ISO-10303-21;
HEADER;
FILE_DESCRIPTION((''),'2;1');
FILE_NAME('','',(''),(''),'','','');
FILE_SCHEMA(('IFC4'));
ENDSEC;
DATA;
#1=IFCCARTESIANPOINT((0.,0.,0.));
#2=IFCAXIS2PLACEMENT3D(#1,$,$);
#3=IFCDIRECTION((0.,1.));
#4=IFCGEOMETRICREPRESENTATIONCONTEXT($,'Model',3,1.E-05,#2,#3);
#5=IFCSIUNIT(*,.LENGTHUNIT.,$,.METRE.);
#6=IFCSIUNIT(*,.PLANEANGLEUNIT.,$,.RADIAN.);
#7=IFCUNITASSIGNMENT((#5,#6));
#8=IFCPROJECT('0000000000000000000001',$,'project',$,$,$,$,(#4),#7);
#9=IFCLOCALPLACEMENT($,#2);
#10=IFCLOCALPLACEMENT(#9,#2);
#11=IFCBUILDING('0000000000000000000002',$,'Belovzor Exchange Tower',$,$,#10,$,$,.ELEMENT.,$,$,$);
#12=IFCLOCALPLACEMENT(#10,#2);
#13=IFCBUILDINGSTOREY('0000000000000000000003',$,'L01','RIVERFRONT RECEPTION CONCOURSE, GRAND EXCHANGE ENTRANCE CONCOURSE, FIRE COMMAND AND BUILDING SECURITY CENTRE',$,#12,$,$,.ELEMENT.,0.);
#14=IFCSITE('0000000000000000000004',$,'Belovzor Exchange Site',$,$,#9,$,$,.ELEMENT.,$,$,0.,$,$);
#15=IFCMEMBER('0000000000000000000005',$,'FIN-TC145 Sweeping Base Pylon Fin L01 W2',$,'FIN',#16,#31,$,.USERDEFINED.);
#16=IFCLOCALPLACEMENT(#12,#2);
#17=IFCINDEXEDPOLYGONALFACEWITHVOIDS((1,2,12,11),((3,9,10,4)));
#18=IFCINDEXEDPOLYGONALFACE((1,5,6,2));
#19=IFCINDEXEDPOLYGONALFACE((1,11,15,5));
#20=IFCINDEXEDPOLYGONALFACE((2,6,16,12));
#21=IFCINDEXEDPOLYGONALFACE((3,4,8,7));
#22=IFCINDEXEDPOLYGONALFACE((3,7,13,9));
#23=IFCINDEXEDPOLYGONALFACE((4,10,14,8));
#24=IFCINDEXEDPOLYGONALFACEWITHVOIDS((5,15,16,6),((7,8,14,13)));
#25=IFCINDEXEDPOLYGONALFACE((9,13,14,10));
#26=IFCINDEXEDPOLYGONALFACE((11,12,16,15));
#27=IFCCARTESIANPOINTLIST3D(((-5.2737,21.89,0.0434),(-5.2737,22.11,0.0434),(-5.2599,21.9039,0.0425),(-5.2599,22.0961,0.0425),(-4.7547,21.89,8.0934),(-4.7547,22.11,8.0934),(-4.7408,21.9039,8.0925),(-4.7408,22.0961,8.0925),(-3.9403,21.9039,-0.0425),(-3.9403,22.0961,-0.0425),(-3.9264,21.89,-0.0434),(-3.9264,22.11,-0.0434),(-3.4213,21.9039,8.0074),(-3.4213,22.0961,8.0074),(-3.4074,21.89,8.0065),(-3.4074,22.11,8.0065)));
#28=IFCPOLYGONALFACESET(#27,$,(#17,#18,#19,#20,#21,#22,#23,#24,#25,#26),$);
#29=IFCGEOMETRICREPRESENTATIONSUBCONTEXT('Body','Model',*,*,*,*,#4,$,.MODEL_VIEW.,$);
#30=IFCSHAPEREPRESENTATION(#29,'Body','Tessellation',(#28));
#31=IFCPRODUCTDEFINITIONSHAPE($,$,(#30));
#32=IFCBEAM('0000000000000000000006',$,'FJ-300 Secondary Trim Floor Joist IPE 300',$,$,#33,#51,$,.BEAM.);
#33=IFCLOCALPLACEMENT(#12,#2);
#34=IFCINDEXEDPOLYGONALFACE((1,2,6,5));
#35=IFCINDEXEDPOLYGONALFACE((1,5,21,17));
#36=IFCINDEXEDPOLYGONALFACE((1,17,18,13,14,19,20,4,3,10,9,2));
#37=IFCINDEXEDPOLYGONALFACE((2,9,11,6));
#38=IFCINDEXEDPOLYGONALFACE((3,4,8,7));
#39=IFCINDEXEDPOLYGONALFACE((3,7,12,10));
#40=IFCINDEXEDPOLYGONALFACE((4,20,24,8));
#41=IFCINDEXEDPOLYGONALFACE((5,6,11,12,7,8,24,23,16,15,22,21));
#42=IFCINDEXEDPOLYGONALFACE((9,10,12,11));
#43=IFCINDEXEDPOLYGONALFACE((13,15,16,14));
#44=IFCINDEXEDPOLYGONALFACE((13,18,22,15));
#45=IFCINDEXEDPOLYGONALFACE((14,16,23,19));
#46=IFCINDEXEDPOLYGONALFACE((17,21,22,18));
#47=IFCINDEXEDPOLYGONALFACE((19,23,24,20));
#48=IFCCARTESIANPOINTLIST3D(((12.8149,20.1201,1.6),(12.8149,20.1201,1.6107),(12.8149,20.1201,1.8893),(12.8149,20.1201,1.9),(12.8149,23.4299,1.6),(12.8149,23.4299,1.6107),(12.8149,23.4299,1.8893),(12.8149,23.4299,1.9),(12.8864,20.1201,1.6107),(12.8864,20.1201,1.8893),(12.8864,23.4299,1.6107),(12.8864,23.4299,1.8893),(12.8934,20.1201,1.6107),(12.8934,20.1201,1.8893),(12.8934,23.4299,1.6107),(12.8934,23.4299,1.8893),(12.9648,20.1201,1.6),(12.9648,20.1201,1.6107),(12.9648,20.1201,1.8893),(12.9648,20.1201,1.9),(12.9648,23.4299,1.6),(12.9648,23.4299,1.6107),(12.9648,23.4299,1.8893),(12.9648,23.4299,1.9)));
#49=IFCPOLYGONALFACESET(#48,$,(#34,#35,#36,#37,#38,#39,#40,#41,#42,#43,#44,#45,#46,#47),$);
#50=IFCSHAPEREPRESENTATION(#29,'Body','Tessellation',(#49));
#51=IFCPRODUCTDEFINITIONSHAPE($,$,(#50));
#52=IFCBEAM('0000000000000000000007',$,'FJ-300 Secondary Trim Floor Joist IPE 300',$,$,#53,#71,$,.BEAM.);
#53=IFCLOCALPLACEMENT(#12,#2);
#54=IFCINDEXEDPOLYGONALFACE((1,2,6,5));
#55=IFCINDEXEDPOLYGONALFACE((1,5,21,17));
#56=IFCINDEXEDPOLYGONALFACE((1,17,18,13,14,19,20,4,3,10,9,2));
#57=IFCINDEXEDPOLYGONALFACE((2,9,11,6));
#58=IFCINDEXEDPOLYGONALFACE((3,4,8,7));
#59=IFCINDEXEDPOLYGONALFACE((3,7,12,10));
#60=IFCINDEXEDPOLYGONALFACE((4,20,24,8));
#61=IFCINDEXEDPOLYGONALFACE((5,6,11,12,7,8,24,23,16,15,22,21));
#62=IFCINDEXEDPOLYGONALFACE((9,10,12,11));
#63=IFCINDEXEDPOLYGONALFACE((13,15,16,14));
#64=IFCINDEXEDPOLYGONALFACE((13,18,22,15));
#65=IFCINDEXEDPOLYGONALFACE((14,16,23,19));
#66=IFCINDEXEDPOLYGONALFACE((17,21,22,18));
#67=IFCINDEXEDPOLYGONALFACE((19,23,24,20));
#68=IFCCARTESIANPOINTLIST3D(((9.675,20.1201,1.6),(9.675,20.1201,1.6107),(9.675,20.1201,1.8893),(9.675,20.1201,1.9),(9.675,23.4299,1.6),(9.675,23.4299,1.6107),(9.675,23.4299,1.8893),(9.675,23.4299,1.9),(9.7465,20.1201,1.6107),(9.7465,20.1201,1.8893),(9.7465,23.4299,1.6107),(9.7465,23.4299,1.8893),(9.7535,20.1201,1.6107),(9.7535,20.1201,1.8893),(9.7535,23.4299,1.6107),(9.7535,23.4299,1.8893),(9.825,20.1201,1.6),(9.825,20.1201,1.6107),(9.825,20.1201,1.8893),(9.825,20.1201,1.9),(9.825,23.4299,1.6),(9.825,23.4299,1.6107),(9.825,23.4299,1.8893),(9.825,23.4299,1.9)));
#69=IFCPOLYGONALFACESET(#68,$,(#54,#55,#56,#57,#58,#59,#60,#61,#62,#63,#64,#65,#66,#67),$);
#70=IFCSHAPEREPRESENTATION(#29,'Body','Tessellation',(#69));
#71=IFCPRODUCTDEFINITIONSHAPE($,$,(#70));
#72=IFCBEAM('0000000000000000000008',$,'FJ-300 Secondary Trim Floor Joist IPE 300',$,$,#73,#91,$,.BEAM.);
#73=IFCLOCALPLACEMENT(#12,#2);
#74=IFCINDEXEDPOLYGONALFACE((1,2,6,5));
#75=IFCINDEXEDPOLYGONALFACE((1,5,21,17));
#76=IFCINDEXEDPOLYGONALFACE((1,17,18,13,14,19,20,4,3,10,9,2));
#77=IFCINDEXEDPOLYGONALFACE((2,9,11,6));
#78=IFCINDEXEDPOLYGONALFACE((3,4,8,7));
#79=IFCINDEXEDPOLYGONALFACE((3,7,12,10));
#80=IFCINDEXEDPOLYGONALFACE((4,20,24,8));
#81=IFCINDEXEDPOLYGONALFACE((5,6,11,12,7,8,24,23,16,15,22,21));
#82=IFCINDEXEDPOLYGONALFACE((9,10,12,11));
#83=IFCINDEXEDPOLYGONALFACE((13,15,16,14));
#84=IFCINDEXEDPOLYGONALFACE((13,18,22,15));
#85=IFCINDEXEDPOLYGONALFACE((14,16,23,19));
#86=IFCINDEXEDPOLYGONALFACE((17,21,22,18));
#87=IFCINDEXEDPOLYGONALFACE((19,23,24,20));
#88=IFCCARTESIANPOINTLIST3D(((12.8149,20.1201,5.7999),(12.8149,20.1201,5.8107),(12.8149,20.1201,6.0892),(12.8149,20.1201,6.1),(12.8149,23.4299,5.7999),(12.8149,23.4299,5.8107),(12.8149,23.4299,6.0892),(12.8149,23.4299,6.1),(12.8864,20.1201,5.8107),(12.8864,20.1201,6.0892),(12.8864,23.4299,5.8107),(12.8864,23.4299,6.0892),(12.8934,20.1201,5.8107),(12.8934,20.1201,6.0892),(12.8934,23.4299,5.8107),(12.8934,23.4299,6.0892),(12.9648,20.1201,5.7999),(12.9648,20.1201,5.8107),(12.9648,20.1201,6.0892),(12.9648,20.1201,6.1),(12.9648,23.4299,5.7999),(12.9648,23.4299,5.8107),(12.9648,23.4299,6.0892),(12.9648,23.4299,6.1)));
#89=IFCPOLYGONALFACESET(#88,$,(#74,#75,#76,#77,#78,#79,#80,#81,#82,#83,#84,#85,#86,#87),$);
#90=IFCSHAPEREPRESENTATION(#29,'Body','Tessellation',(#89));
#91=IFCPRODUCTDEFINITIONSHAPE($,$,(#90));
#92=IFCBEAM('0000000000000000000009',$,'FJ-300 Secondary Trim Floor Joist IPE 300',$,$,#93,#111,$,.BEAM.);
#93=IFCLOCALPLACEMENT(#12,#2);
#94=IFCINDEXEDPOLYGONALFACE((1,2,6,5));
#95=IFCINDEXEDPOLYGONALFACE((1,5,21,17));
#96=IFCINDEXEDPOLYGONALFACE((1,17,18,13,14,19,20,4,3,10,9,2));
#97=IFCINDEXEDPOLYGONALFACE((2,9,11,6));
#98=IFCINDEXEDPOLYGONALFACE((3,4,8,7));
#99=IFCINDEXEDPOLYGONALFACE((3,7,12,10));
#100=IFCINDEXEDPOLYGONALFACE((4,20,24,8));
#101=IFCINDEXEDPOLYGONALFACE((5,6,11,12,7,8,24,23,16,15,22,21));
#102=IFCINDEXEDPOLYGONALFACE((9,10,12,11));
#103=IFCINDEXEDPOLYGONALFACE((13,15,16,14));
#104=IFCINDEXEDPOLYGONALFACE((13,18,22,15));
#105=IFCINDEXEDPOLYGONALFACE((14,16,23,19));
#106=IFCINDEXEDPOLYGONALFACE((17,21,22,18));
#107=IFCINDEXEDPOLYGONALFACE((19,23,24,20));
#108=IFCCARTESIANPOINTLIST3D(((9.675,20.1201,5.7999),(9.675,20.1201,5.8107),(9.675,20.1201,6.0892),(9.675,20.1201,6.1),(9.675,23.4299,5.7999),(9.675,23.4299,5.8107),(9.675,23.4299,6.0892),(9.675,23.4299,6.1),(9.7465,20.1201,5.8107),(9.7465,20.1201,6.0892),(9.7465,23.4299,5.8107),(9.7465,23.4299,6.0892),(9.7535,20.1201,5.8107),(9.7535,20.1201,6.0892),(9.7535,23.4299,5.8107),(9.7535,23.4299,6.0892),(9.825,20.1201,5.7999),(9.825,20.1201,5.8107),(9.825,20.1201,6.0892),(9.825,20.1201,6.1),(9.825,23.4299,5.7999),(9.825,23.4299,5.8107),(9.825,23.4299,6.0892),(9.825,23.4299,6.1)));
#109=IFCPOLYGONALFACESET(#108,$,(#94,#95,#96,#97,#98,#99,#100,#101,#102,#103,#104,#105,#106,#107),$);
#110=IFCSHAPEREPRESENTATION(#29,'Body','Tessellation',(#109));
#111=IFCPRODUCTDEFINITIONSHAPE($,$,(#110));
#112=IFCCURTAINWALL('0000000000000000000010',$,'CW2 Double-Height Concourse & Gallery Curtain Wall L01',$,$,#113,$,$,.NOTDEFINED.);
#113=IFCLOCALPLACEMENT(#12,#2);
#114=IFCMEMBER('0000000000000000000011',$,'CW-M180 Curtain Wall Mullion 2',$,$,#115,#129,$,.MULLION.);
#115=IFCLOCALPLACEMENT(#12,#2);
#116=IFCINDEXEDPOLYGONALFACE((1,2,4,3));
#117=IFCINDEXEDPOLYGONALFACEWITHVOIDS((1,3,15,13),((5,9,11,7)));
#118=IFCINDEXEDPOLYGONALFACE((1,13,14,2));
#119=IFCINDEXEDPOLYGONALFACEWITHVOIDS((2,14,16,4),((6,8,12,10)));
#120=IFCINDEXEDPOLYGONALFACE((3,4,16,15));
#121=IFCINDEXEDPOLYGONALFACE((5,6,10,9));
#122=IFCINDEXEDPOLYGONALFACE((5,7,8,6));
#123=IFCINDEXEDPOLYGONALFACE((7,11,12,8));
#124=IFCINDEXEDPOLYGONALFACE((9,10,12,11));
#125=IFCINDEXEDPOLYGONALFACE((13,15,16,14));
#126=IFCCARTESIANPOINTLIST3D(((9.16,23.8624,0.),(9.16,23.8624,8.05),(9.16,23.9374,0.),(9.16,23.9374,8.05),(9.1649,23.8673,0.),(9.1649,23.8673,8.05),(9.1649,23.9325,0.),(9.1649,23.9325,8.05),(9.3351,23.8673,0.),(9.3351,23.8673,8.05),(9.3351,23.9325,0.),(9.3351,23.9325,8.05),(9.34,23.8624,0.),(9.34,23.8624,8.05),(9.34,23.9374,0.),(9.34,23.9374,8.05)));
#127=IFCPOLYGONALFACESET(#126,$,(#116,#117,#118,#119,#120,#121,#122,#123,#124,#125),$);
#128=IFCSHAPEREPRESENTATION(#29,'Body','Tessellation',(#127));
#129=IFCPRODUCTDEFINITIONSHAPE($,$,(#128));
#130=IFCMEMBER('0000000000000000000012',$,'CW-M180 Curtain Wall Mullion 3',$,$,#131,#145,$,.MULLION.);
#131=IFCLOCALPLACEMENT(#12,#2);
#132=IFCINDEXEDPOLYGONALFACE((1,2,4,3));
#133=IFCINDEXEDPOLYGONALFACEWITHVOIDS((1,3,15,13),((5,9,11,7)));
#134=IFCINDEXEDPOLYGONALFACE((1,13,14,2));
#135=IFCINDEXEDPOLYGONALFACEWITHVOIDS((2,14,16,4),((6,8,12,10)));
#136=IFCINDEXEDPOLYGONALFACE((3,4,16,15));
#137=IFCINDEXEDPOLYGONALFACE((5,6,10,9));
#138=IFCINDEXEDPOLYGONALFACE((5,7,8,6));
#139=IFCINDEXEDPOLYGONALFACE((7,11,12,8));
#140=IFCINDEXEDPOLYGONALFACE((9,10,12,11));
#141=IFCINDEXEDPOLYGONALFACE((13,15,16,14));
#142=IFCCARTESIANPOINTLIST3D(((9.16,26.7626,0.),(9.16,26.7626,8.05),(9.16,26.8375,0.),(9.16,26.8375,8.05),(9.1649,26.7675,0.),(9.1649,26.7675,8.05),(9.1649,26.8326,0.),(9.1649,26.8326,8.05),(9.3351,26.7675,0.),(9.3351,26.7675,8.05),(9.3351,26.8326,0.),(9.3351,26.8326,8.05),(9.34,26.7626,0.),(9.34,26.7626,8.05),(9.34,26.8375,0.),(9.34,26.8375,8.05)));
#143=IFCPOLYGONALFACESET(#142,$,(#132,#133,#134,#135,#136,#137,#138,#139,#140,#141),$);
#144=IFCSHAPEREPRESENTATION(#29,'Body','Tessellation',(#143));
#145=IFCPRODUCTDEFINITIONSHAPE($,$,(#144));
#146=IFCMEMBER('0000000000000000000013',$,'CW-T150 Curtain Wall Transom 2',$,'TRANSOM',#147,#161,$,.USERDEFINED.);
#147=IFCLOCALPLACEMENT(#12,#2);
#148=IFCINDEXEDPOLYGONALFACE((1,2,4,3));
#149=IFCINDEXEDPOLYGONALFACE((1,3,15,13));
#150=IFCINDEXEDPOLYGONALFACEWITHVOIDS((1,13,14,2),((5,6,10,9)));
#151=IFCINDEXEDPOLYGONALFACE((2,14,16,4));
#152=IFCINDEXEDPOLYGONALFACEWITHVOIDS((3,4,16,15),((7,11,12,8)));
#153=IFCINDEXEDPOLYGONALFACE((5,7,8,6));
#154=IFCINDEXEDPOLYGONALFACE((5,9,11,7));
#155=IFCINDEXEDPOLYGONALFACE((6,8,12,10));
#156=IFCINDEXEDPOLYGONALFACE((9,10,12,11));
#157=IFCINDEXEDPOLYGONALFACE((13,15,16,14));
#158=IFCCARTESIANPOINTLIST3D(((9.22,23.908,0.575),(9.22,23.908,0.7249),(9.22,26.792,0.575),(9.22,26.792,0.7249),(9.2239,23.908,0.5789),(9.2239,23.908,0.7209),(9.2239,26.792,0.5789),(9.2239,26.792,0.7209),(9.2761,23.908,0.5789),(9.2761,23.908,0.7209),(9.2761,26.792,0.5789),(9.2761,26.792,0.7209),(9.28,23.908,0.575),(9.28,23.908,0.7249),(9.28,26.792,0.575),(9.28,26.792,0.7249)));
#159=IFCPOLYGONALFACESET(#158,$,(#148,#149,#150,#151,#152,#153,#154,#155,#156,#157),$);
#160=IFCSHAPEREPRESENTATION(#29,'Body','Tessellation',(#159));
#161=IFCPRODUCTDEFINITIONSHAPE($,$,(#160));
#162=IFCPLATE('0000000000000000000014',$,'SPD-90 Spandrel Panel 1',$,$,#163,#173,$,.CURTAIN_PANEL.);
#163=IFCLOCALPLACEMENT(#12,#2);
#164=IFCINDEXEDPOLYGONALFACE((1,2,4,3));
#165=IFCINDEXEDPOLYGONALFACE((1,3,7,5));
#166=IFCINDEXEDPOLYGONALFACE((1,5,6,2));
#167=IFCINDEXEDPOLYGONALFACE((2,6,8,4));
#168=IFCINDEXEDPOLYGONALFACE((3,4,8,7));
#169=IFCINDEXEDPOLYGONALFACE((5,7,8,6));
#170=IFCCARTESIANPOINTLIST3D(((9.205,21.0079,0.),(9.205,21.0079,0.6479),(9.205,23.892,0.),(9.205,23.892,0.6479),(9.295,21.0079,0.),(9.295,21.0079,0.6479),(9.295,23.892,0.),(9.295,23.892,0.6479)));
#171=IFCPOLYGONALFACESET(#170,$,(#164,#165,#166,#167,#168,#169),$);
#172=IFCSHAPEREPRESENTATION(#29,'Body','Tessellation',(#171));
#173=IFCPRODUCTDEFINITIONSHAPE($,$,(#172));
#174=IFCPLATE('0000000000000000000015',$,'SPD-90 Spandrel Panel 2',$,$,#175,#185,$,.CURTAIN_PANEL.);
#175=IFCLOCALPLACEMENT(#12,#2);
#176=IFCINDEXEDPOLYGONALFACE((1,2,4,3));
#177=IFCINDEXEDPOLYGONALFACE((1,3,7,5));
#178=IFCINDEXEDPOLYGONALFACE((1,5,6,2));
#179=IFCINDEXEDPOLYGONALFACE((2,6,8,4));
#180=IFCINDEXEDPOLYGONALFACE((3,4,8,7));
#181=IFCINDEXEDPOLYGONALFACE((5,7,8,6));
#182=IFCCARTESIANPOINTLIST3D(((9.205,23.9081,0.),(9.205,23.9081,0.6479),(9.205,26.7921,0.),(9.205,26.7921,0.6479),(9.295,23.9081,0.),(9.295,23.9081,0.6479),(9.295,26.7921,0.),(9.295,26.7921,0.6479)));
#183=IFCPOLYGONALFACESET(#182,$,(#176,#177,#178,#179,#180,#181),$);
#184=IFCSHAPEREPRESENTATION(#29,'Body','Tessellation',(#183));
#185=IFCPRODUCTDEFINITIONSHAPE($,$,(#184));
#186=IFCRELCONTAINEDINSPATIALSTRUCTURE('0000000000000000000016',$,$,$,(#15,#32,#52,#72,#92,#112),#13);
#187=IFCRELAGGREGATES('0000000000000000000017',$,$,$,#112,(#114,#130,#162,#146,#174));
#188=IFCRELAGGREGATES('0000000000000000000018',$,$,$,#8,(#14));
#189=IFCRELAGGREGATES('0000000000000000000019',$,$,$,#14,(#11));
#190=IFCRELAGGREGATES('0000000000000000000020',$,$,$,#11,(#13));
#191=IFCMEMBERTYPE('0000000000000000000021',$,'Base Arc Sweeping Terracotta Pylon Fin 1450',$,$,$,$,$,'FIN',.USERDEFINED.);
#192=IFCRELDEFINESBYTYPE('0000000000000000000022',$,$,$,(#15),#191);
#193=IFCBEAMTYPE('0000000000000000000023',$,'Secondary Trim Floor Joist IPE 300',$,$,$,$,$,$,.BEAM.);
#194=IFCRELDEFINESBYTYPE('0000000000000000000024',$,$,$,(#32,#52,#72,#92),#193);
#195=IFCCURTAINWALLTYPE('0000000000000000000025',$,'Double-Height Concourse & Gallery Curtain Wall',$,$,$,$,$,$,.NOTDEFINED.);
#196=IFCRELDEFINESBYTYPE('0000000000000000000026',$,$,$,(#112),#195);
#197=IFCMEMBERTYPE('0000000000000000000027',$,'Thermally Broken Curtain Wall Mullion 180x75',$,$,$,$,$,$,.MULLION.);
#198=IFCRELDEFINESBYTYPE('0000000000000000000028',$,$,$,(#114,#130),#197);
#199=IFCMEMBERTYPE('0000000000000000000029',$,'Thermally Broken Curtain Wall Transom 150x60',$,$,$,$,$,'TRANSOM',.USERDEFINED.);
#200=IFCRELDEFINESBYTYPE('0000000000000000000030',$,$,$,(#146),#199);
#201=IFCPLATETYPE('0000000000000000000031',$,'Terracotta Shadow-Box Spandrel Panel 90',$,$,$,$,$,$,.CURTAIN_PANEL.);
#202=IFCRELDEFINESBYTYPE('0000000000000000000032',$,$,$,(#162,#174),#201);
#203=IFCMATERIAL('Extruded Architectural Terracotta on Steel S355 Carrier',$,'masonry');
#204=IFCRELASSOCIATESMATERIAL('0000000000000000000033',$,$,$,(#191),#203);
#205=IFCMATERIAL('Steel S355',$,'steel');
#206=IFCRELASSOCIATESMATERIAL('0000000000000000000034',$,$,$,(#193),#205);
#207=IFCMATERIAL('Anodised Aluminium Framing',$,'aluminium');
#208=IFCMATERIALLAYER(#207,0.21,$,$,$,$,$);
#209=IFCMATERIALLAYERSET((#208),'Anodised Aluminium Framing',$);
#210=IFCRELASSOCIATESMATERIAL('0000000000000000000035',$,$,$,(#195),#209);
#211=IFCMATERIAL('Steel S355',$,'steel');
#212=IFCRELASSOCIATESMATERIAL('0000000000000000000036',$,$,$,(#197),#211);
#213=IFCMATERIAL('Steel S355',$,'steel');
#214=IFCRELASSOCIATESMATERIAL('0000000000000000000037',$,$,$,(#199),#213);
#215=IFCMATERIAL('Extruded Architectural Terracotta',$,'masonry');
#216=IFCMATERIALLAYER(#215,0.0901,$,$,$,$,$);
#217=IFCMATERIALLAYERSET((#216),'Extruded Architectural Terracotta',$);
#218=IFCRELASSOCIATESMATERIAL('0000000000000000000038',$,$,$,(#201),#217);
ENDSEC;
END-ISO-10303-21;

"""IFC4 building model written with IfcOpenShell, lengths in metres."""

from ifc_helpers import new_model, si_unit, direction, frame, origin, origin_2d, place, context, subcontext, project, spatial, rectangle, hollow_rectangle, i_section, extrude, material, layer, layer_set, material_profile, profile_set, type_object, element, aggregate, save


model = new_model("IFC4")

# Units and contexts
model_context = context("Model", 3, precision=1e-05, world=origin(), true_north=direction((0.0, 1.0)))
body_context = subcontext(model_context, "Body", "Model", "MODEL_VIEW")
ifc_project = project(units=[si_unit("LENGTHUNIT", "METRE"), si_unit("PLANEANGLEUNIT", "RADIAN")], contexts=[model_context])

# Site, building, storey
site_placement = place(None, origin())
site = spatial("IfcSite", under=ifc_project, at=site_placement, Name="Belovzor Exchange Site", CompositionType="ELEMENT", RefElevation=0.0)
building_placement = place(site_placement, origin())
building = spatial("IfcBuilding", under=site, at=building_placement, Name="Belovzor Exchange Tower", CompositionType="ELEMENT")
storey_placement = place(building_placement, origin())
storey = spatial("IfcBuildingStorey", under=building, at=storey_placement, Name="L01", Description="RIVERFRONT RECEPTION CONCOURSE, GRAND EXCHANGE ENTRANCE CONCOURSE, FIRE COMMAND AND BUILDING SECURITY CENTRE", CompositionType="ELEMENT", Elevation=0.0)

# Member
ifc_material_1 = material(Name="Extruded Architectural Terracotta on Steel S355 Carrier", Category="masonry")
ifc_material_profile_1 = material_profile(ifc_material_1, hollow_rectangle(XDim=0.22, YDim=1.3501, WallThickness=0.0139, at=origin_2d()))
ifc_profile_set_1 = profile_set([ifc_material_profile_1], Name="Extruded Architectural Terracotta on Steel S355 Carrier")
member_type_1 = type_object("IfcMemberType", Name="Base Arc Sweeping Terracotta Pylon Fin 1450", ElementType="FIN", PredefinedType="USERDEFINED", material=ifc_profile_set_1)
member_1_placement = place(storey_placement, frame((-4.6001, 22.0, 0.0), z_axis=(0.064343, 0.0, 0.997928), x_axis=(0.0, 1.0, 0.0)))
element("IfcMember", 1, at=member_1_placement, inside=storey, type_object=member_type_1, Name="FIN-TC145 Sweeping Base Pylon Fin L01 W2", ObjectType="FIN", PredefinedType="USERDEFINED", context=body_context, shape_type="SweptSolid", body=[
    extrude(hollow_rectangle(XDim=0.22, YDim=1.3501, WallThickness=0.0139, at=origin_2d()), origin(), (0.0, 0.0, 1.0), 8.0667),
])

# Beams
ifc_material_2 = material(Name="Steel S355", Category="steel")
ifc_material_profile_2 = material_profile(ifc_material_2, i_section(OverallWidth=0.1499, OverallDepth=0.3, WebThickness=0.0071, FlangeThickness=0.0107, at=origin_2d()))
ifc_profile_set_2 = profile_set([ifc_material_profile_2], Name="Steel S355")
beam_type = type_object("IfcBeamType", Name="Secondary Trim Floor Joist IPE 300", PredefinedType="BEAM", material=ifc_profile_set_2)
for number, where, z_axis, x_axis, name in (
    (2, (12.8899, 23.4299, 1.75), (0.0, -1.0, 0.0), (1.0, 0.0, 0.0), "FJ-300 Secondary Trim Floor Joist IPE 300"),
    (3, (9.75, 23.4299, 1.75), (0.0, -1.0, 0.0), (1.0, 0.0, 0.0), "FJ-300 Secondary Trim Floor Joist IPE 300"),
    (4, (12.8899, 23.4299, 5.95), (0.0, -1.0, 0.0), (1.0, 0.0, 0.0), "FJ-300 Secondary Trim Floor Joist IPE 300"),
    (5, (9.75, 23.4299, 5.95), (0.0, -1.0, 0.0), (1.0, 0.0, 0.0), "FJ-300 Secondary Trim Floor Joist IPE 300"),
):
    element("IfcBeam", number, at=place(storey_placement, frame(where, z_axis=z_axis, x_axis=x_axis)), inside=storey, type_object=beam_type, Name=name, PredefinedType="BEAM", context=body_context, shape_type="SweptSolid", body=[
        extrude(i_section(OverallWidth=0.1499, OverallDepth=0.3, WebThickness=0.0071, FlangeThickness=0.0107, at=origin_2d()), origin(), (0.0, 0.0, 1.0), 3.3098),
    ])

# Curtain wall, members, plates
ifc_material_3 = material(Name="Anodised Aluminium Framing", Category="aluminium")
ifc_layer_1 = layer(ifc_material_3, 0.21)
ifc_layer_set_1 = layer_set([ifc_layer_1], Name="Anodised Aluminium Framing")
curtain_wall_type = type_object("IfcCurtainWallType", Name="Double-Height Concourse & Gallery Curtain Wall", PredefinedType="NOTDEFINED", material=ifc_layer_set_1)
curtain_wall_placement = place(storey_placement, origin())
curtain_wall = element("IfcCurtainWall", 6, at=curtain_wall_placement, inside=storey, type_object=curtain_wall_type, Name="CW2 Double-Height Concourse & Gallery Curtain Wall L01", PredefinedType="NOTDEFINED")
ifc_material_4 = material(Name="Steel S355", Category="steel")
ifc_material_profile_3 = material_profile(ifc_material_4, hollow_rectangle(XDim=0.075, YDim=0.1799, WallThickness=0.0049, at=origin_2d()))
ifc_profile_set_3 = profile_set([ifc_material_profile_3], Name="Steel S355")
member_type_2 = type_object("IfcMemberType", Name="Thermally Broken Curtain Wall Mullion 180x75", PredefinedType="MULLION", material=ifc_profile_set_3)
member_2_placement = place(storey_placement, frame((9.25, 23.8999, 0.0), z_axis=(0.0, 0.0, 1.0), x_axis=(0.0, 1.0, 0.0)))
member_2 = element("IfcMember", 7, at=member_2_placement, type_object=member_type_2, Name="CW-M180 Curtain Wall Mullion 2", PredefinedType="MULLION", context=body_context, shape_type="SweptSolid", body=[
    extrude(hollow_rectangle(XDim=0.075, YDim=0.1799, WallThickness=0.0049, at=origin_2d()), origin(), (0.0, 0.0, 1.0), 8.05),
])
member_3_placement = place(storey_placement, frame((9.25, 26.8, 0.0), z_axis=(0.0, 0.0, 1.0), x_axis=(0.0, 1.0, 0.0)))
member_3 = element("IfcMember", 8, at=member_3_placement, type_object=member_type_2, Name="CW-M180 Curtain Wall Mullion 3", PredefinedType="MULLION", context=body_context, shape_type="SweptSolid", body=[
    extrude(hollow_rectangle(XDim=0.075, YDim=0.1799, WallThickness=0.0049, at=origin_2d()), origin(), (0.0, 0.0, 1.0), 8.05),
])
ifc_material_5 = material(Name="Steel S355", Category="steel")
ifc_material_profile_4 = material_profile(ifc_material_5, hollow_rectangle(XDim=0.0601, YDim=0.1499, WallThickness=0.0039, at=origin_2d()))
ifc_profile_set_4 = profile_set([ifc_material_profile_4], Name="Steel S355")
member_type_3 = type_object("IfcMemberType", Name="Thermally Broken Curtain Wall Transom 150x60", ElementType="TRANSOM", PredefinedType="USERDEFINED", material=ifc_profile_set_4)
member_4_placement = place(storey_placement, frame((9.25, 23.908, 0.6499), z_axis=(0.0, 1.0, 0.0), x_axis=(-1.0, 0.0, 0.0)))
member_4 = element("IfcMember", 9, at=member_4_placement, type_object=member_type_3, Name="CW-T150 Curtain Wall Transom 2", ObjectType="TRANSOM", PredefinedType="USERDEFINED", context=body_context, shape_type="SweptSolid", body=[
    extrude(hollow_rectangle(XDim=0.0601, YDim=0.1499, WallThickness=0.0039, at=origin_2d()), origin(), (0.0, 0.0, 1.0), 2.884),
])
ifc_material_6 = material(Name="Extruded Architectural Terracotta", Category="masonry")
ifc_layer_2 = layer(ifc_material_6, 0.0901)
ifc_layer_set_2 = layer_set([ifc_layer_2], Name="Extruded Architectural Terracotta")
plate_type_1 = type_object("IfcPlateType", Name="Terracotta Shadow-Box Spandrel Panel 90", PredefinedType="CURTAIN_PANEL", material=ifc_layer_set_2)
plate_1_placement = place(storey_placement, frame((9.25, 22.45, 0.0), z_axis=(0.0, 0.0, 1.0), x_axis=(0.0, 1.0, 0.0)))
plate_1 = element("IfcPlate", 10, at=plate_1_placement, type_object=plate_type_1, Name="SPD-90 Spandrel Panel 1", PredefinedType="CURTAIN_PANEL", context=body_context, shape_type="SweptSolid", body=[
    extrude(rectangle(XDim=2.884, YDim=0.0901, at=origin_2d()), origin(), (0.0, 0.0, 1.0), 0.6479),
])
plate_2_placement = place(storey_placement, frame((9.25, 25.3501, 0.0), z_axis=(0.0, 0.0, 1.0), x_axis=(0.0, 1.0, 0.0)))
plate_2 = element("IfcPlate", 11, at=plate_2_placement, type_object=plate_type_1, Name="SPD-90 Spandrel Panel 2", PredefinedType="CURTAIN_PANEL", context=body_context, shape_type="SweptSolid", body=[
    extrude(rectangle(XDim=2.884, YDim=0.0901, at=origin_2d()), origin(), (0.0, 0.0, 1.0), 0.6479),
])
aggregate(curtain_wall, [member_2, member_3, plate_1, member_4, plate_2])

save(model, "model.ifc")
